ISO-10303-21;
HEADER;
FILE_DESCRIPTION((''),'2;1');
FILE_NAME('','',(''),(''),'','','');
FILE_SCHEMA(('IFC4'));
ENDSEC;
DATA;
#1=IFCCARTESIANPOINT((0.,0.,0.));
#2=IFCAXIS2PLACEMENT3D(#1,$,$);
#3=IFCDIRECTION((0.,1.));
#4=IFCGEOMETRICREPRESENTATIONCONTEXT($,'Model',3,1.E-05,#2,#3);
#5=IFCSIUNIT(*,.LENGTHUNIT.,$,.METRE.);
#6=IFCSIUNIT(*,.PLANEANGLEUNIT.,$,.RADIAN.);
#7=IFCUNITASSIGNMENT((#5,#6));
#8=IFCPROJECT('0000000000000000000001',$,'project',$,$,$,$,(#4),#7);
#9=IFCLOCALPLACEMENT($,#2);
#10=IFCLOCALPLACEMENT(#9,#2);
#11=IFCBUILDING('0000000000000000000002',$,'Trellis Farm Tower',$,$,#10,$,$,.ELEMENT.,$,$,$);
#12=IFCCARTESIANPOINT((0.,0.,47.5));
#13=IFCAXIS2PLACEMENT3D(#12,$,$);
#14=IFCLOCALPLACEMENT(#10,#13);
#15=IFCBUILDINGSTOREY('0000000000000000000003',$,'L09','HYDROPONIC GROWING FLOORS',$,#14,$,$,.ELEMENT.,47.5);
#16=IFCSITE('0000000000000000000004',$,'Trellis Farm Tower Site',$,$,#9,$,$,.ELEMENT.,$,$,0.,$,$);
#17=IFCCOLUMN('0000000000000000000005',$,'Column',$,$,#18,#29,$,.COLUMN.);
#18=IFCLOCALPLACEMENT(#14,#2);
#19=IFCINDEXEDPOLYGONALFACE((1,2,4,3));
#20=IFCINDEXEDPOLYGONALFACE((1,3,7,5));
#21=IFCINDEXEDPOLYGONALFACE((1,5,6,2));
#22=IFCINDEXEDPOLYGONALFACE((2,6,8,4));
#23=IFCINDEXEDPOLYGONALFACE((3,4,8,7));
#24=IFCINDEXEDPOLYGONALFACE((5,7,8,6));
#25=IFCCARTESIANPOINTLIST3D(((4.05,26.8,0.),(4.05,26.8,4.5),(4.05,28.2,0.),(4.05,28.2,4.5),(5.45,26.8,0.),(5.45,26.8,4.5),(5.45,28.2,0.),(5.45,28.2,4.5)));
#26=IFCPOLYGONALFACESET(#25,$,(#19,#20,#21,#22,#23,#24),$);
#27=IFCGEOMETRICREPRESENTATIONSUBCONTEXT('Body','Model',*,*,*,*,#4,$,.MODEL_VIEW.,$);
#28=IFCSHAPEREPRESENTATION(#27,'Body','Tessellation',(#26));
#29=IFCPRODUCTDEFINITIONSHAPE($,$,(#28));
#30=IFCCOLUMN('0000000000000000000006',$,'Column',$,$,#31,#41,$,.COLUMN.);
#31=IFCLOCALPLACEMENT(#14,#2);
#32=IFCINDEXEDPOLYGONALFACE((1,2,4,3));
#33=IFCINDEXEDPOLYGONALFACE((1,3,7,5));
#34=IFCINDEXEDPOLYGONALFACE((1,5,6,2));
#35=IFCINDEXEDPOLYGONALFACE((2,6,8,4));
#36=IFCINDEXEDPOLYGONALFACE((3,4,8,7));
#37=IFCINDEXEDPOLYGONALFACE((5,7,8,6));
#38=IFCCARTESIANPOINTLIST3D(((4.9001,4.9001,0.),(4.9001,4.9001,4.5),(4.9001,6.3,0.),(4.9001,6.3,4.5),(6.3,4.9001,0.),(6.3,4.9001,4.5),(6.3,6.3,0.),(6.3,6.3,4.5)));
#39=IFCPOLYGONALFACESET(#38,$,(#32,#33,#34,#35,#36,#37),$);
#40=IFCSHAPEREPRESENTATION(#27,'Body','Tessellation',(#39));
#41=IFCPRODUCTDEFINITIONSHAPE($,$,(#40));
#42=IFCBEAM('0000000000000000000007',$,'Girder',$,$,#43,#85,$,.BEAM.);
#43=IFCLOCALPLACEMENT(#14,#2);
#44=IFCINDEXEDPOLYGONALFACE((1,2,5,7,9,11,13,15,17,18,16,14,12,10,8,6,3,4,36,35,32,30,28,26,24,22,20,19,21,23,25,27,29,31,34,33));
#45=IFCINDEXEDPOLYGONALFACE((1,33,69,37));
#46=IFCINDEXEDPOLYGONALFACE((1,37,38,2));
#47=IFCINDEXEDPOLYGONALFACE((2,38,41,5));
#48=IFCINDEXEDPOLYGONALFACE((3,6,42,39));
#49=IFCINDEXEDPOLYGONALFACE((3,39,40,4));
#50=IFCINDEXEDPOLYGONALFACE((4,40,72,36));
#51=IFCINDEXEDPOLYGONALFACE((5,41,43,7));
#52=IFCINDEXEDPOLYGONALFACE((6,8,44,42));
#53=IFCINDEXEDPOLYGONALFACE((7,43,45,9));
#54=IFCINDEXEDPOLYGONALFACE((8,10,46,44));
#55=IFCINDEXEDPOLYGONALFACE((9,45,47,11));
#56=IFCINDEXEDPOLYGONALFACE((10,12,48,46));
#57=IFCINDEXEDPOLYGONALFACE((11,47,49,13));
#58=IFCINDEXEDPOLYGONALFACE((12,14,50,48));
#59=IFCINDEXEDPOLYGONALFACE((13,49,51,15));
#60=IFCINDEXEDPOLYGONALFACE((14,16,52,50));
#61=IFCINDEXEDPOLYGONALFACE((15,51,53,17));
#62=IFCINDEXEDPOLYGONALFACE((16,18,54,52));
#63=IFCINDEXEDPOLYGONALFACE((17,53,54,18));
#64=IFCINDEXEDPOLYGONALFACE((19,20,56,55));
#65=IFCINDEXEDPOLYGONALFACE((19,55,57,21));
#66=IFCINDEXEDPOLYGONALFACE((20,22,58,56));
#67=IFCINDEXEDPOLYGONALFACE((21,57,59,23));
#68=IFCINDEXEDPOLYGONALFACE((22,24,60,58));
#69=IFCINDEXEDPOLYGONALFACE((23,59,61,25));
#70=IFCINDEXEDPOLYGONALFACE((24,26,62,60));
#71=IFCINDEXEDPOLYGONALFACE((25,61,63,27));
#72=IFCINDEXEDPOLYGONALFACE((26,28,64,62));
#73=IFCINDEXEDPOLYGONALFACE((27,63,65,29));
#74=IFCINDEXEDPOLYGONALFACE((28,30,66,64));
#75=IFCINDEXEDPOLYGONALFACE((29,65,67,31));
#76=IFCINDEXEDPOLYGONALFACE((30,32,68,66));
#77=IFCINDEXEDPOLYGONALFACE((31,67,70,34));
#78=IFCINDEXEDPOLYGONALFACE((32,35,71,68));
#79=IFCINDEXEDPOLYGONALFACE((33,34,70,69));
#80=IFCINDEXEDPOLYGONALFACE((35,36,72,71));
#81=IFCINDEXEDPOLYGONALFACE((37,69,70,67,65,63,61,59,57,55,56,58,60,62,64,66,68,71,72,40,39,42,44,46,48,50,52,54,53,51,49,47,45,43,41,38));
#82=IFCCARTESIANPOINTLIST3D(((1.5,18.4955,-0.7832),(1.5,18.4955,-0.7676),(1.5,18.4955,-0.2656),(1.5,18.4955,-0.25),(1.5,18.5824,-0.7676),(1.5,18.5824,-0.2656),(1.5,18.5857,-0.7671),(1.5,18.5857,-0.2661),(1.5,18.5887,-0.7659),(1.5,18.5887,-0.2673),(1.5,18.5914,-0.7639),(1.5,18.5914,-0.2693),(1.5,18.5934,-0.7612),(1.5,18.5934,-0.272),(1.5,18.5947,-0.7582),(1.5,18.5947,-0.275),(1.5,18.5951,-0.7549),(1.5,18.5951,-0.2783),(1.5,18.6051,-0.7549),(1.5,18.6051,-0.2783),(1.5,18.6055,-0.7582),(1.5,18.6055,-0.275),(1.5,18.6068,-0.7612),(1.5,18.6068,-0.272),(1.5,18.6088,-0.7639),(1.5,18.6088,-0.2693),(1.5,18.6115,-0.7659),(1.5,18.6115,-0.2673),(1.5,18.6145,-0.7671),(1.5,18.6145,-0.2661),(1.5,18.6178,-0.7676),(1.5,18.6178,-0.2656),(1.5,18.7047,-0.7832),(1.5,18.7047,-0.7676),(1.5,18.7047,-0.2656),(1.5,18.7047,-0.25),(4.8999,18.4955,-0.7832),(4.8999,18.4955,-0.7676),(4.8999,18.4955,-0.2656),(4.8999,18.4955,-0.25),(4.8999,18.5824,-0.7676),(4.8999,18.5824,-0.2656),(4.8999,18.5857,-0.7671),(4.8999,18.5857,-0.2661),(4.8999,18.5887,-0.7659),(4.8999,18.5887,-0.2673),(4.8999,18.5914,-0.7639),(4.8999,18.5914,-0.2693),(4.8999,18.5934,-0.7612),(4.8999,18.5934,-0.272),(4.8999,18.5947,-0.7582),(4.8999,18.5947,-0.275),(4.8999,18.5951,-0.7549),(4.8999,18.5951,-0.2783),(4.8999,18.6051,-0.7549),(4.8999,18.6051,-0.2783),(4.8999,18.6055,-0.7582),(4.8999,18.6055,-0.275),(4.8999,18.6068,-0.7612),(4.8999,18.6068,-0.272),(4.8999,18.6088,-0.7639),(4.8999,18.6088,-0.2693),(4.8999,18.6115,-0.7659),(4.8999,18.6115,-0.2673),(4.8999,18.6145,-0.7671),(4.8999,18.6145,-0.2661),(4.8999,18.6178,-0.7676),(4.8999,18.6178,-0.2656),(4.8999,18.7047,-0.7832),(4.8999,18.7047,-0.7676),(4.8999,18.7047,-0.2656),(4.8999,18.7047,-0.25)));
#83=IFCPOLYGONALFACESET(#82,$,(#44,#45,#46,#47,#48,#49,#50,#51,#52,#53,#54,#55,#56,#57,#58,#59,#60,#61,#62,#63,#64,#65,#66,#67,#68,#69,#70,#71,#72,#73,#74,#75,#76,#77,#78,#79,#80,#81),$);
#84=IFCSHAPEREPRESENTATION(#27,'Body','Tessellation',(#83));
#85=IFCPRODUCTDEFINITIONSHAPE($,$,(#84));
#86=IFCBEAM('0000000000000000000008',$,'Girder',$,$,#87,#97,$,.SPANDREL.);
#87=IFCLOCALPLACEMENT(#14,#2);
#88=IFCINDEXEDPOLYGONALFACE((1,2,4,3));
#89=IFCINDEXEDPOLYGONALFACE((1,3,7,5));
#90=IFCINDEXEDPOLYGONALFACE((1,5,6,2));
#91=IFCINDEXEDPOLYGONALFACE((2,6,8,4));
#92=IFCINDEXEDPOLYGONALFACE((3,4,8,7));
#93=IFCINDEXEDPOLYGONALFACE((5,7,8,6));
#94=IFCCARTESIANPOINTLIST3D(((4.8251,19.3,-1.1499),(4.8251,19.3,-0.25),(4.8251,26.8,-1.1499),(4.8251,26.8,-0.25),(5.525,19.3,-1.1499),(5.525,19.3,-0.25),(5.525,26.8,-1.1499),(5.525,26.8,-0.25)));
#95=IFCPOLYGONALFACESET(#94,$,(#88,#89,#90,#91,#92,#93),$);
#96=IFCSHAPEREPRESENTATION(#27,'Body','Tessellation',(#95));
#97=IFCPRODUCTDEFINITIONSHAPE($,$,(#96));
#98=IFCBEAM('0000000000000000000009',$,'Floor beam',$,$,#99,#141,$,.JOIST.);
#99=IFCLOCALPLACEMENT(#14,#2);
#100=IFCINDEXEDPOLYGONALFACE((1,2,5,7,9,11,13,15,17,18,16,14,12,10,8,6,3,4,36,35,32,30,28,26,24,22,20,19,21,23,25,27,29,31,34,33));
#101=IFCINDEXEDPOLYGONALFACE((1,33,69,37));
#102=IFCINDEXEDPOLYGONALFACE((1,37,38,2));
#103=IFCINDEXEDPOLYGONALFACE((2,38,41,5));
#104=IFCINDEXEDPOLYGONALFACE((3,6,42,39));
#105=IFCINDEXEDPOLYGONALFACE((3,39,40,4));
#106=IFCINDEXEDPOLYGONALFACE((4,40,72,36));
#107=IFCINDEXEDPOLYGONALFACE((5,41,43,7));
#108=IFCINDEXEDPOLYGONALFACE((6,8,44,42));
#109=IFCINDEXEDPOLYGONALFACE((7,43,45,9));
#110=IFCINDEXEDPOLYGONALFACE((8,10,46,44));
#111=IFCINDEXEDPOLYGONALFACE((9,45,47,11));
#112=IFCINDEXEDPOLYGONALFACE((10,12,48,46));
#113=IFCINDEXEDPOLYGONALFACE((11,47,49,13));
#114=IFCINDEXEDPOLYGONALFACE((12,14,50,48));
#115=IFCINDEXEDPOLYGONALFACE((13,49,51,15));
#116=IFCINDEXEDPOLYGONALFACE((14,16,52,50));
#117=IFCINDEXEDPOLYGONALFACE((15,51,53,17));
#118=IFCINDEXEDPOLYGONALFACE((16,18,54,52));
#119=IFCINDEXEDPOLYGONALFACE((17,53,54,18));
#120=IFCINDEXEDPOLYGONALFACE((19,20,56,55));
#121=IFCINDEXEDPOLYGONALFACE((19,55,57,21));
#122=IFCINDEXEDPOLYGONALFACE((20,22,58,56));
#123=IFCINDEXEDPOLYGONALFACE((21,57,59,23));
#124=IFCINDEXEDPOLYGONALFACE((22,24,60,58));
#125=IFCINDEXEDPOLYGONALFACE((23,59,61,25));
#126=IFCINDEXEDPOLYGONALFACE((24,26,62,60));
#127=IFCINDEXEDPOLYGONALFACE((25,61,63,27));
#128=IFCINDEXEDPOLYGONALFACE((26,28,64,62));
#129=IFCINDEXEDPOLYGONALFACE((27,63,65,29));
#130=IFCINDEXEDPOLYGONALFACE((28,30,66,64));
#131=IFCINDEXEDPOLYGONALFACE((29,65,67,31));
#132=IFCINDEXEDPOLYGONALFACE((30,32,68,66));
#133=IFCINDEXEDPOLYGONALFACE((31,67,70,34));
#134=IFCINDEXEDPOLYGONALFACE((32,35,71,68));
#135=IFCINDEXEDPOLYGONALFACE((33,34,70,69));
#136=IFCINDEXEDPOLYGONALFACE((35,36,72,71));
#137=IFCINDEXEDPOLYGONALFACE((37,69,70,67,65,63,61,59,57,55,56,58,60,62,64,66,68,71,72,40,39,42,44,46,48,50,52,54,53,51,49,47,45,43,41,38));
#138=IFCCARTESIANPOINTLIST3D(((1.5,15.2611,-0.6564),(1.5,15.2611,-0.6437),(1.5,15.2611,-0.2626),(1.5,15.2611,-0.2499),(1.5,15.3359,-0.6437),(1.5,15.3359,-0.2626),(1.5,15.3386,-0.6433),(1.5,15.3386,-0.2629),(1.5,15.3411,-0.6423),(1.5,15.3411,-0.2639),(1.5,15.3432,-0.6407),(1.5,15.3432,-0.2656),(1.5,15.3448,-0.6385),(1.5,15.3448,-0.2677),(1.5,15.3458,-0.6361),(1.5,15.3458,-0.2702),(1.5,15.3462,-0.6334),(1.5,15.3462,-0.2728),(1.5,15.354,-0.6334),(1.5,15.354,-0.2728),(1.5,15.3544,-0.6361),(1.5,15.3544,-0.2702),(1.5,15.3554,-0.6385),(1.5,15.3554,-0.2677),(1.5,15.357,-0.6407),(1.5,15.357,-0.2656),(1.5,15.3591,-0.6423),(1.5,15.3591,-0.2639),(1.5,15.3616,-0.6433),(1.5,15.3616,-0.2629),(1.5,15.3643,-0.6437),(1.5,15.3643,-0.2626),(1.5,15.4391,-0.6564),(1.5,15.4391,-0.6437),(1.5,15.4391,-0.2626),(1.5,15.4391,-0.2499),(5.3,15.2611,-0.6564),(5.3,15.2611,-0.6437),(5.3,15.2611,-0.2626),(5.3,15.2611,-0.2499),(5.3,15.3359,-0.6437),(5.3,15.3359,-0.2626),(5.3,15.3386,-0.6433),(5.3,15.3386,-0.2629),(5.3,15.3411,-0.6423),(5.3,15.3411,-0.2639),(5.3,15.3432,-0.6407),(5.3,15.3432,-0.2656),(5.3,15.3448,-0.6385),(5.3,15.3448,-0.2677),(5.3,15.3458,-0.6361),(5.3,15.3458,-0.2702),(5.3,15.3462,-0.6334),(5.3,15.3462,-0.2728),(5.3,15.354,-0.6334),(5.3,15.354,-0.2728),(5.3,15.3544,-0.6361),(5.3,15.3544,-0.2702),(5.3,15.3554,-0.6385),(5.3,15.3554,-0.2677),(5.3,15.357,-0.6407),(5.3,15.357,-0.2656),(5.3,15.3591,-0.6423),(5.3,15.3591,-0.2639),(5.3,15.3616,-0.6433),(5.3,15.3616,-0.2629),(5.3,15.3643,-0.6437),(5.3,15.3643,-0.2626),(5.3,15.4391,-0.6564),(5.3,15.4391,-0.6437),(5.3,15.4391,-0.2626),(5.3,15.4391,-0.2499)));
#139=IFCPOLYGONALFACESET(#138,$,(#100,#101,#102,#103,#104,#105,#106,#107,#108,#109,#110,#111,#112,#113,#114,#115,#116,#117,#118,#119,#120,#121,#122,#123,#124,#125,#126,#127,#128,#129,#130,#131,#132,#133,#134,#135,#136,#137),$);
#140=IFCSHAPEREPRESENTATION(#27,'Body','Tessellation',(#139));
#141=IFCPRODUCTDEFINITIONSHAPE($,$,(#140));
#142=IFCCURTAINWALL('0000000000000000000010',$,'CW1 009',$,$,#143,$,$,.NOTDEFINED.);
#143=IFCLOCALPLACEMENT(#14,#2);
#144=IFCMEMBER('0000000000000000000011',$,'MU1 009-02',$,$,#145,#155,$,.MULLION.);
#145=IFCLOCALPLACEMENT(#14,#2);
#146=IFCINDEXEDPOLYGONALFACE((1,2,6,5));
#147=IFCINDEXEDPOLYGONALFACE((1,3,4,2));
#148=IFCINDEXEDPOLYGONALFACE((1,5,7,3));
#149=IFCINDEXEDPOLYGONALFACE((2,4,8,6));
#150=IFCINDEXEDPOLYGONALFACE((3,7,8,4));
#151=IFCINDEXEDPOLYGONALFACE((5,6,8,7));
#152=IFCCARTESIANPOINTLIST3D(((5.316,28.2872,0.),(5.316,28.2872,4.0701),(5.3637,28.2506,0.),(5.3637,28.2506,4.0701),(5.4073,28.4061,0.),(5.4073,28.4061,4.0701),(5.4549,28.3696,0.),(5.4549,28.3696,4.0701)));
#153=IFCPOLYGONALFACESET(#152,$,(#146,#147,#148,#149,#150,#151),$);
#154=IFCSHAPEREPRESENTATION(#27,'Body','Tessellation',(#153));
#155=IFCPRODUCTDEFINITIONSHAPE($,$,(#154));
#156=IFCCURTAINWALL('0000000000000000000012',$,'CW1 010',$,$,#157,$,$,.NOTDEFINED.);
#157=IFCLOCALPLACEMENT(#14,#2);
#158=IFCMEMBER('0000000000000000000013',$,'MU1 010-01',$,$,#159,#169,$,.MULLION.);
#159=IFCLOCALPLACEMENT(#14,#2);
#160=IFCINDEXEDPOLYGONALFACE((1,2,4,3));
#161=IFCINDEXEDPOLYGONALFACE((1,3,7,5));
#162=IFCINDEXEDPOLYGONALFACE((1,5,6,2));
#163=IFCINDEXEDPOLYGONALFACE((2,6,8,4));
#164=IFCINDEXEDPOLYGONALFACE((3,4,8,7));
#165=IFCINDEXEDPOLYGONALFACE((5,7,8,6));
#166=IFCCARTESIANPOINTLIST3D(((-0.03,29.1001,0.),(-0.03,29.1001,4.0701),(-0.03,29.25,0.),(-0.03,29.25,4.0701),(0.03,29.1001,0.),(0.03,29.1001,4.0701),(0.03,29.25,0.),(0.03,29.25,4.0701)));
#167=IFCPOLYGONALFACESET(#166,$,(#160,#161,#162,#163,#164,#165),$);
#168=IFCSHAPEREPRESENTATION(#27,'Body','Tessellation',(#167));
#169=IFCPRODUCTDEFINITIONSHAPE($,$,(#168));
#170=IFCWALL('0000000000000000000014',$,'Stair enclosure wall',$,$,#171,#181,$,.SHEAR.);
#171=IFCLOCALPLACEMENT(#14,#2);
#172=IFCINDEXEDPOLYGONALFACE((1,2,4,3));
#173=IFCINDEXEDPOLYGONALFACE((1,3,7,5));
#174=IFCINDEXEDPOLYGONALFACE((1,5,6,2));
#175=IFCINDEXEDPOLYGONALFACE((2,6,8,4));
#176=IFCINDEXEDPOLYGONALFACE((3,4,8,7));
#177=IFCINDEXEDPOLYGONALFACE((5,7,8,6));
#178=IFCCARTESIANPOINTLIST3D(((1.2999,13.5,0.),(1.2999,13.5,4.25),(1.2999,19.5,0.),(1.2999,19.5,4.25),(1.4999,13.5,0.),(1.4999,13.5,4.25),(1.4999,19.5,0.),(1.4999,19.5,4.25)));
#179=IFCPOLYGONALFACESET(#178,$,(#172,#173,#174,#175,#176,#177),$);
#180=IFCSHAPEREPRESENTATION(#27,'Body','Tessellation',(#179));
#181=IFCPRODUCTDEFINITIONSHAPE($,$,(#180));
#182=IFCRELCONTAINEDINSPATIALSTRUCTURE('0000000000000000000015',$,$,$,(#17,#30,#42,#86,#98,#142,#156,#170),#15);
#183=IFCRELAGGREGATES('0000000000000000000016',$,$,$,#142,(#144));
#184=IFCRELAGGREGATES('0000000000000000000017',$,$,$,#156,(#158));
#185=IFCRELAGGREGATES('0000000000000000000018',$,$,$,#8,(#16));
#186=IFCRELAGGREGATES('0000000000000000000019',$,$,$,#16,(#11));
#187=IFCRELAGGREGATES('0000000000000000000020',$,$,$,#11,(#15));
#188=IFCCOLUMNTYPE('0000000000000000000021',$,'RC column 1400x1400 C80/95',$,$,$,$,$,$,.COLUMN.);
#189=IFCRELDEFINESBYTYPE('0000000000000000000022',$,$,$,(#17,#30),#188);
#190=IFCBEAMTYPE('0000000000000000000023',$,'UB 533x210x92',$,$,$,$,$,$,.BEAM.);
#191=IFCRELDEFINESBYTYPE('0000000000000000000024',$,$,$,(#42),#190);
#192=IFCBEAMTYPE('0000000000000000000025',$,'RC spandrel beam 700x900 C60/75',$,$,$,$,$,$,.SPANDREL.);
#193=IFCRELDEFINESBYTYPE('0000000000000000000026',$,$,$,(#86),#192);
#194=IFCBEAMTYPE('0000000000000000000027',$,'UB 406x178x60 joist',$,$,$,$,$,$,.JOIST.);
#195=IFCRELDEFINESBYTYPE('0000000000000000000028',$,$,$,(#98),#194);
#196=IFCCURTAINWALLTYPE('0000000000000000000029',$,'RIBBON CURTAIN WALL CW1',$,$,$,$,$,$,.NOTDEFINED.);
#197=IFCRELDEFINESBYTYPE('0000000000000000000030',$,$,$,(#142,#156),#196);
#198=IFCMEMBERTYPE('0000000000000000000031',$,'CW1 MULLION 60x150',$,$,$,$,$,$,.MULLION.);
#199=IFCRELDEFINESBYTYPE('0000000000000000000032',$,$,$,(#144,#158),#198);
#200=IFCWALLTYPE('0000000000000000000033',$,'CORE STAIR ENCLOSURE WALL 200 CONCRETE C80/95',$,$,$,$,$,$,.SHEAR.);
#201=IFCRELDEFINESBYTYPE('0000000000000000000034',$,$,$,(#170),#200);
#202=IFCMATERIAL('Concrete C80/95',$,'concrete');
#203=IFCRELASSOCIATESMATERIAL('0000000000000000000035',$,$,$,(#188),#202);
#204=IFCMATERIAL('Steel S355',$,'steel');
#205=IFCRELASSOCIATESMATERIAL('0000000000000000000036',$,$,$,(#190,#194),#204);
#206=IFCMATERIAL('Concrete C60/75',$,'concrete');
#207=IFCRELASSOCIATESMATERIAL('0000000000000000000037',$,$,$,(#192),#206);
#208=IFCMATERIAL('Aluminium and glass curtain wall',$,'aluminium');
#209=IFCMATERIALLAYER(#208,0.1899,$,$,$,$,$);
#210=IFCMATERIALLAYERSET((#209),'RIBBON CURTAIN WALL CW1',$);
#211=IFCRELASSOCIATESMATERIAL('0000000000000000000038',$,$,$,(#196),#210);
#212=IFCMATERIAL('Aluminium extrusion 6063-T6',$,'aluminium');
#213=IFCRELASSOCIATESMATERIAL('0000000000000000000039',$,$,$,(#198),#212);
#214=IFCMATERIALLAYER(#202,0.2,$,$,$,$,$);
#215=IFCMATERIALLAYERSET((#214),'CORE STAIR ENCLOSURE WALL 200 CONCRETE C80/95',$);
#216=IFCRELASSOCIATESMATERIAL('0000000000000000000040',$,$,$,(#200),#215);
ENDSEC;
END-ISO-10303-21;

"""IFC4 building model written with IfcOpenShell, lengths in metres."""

from ifc_helpers import new_model, si_unit, direction, frame, frame_2d, origin, origin_2d, place, context, subcontext, project, spatial, rectangle, i_section, extrude, source, transform, mapped, material, layer, layer_set, material_profile, profile_set, type_object, element, aggregate, save


model = new_model("IFC4")

# Units and contexts
model_context = context("Model", 3, precision=1e-05, world=origin(), true_north=direction((0.0, 1.0)))
body_context = subcontext(model_context, "Body", "Model", "MODEL_VIEW")
ifc_project = project(units=[si_unit("LENGTHUNIT", "METRE"), si_unit("PLANEANGLEUNIT", "RADIAN")], contexts=[model_context])

# Site, building, storey
site_placement = place(None, origin())
site = spatial("IfcSite", under=ifc_project, at=site_placement, Name="Trellis Farm Tower Site", CompositionType="ELEMENT", RefElevation=0.0)
building_placement = place(site_placement, origin())
building = spatial("IfcBuilding", under=site, at=building_placement, Name="Trellis Farm Tower", CompositionType="ELEMENT")
storey_placement = place(building_placement, frame((0.0, 0.0, 47.5)))
storey = spatial("IfcBuildingStorey", under=building, at=storey_placement, Name="L09", Description="HYDROPONIC GROWING FLOORS", CompositionType="ELEMENT", Elevation=47.5)

# Columns
ifc_material_1 = material(Name="Concrete C80/95", Category="concrete")
ifc_material_profile_1 = material_profile(ifc_material_1, rectangle(XDim=1.3999, YDim=1.3999, at=origin_2d()), Name="RC column 1400x1400 C80/95")
ifc_profile_set_1 = profile_set([ifc_material_profile_1], Name="Concrete C80/95")
column_type = type_object("IfcColumnType", Name="RC column 1400x1400 C80/95", PredefinedType="COLUMN", material=ifc_profile_set_1)
shared_shape_1 = source(origin(), body_context, "Body", "SweptSolid", [
    extrude(rectangle(XDim=1.3999, YDim=1.3999, at=origin_2d()), origin(), (0.0, 0.0, 1.0), 4.5),
])
for number, where, z_axis, x_axis, name in (
    (1, (4.75, 27.5, 0.0), (0.0, 0.0, 1.0), (1.0, 0.0, 0.0), "Column"),
    (2, (5.6001, 5.6001, 0.0), (0.0, 0.0, 1.0), (1.0, 0.0, 0.0), "Column"),
):
    element("IfcColumn", number, at=place(storey_placement, frame(where, z_axis=z_axis, x_axis=x_axis)), inside=storey, type_object=column_type, Name=name, PredefinedType="COLUMN", context=body_context, shape_type="MappedRepresentation", body=[
        mapped(shared_shape_1, transform((0.0, 0.0, 0.0))),
    ])

# Beams
ifc_material_2 = material(Name="Steel S355", Category="steel")
ifc_material_profile_2 = material_profile(ifc_material_2, i_section(OverallWidth=0.2092, OverallDepth=0.5332, WebThickness=0.01, FlangeThickness=0.0156, FilletRadius=0.0127, at=origin_2d()), Name="UB 533x210x92")
ifc_profile_set_2 = profile_set([ifc_material_profile_2], Name="Steel S355")
beam_type_1 = type_object("IfcBeamType", Name="UB 533x210x92", PredefinedType="BEAM", material=ifc_profile_set_2)
shared_shape_2 = source(origin(), body_context, "Body", "SweptSolid", [
    extrude(i_section(OverallWidth=0.2092, OverallDepth=0.5332, WebThickness=0.01, FlangeThickness=0.0156, FilletRadius=0.0127, at=origin_2d()), origin(), (0.0, 0.0, 1.0), 3.3999),
])
beam_1_placement = place(storey_placement, frame((1.5, 18.6001, -0.5166), z_axis=(1.0, 0.0, 0.0), x_axis=(0.0, 1.0, 0.0)))
element("IfcBeam", 3, at=beam_1_placement, inside=storey, type_object=beam_type_1, Name="Girder", PredefinedType="BEAM", context=body_context, shape_type="MappedRepresentation", body=[
    mapped(shared_shape_2, transform((0.0, 0.0, 0.0))),
])
ifc_material_3 = material(Name="Concrete C60/75", Category="concrete")
ifc_material_profile_3 = material_profile(ifc_material_3, rectangle(XDim=0.7, YDim=0.8999, at=origin_2d()), Name="RC spandrel beam 700x900 C60/75")
ifc_profile_set_3 = profile_set([ifc_material_profile_3], Name="Concrete C60/75")
beam_type_2 = type_object("IfcBeamType", Name="RC spandrel beam 700x900 C60/75", PredefinedType="SPANDREL", material=ifc_profile_set_3)
shared_shape_3 = source(origin(), body_context, "Body", "SweptSolid", [
    extrude(rectangle(XDim=0.7, YDim=0.8999, at=origin_2d()), origin(), (0.0, 0.0, 1.0), 7.5),
])
beam_2_placement = place(storey_placement, frame((5.175, 19.3, -0.7), z_axis=(0.0, 1.0, 0.0), x_axis=(-1.0, 0.0, 0.0)))
element("IfcBeam", 4, at=beam_2_placement, inside=storey, type_object=beam_type_2, Name="Girder", PredefinedType="SPANDREL", context=body_context, shape_type="MappedRepresentation", body=[
    mapped(shared_shape_3, transform((0.0, 0.0, 0.0))),
])
ifc_material_profile_4 = material_profile(ifc_material_2, i_section(OverallWidth=0.178, OverallDepth=0.4065, WebThickness=0.0078, FlangeThickness=0.0127, FilletRadius=0.0103, at=origin_2d()), Name="UB 406x178x60")
ifc_profile_set_4 = profile_set([ifc_material_profile_4], Name="Steel S355")
beam_type_3 = type_object("IfcBeamType", Name="UB 406x178x60 joist", PredefinedType="JOIST", material=ifc_profile_set_4)
shared_shape_4 = source(origin(), body_context, "Body", "SweptSolid", [
    extrude(i_section(OverallWidth=0.178, OverallDepth=0.4065, WebThickness=0.0078, FlangeThickness=0.0127, FilletRadius=0.0103, at=origin_2d()), origin(), (0.0, 0.0, 1.0), 3.8),
])
beam_3_placement = place(storey_placement, frame((1.5, 15.3501, -0.4531), z_axis=(1.0, 0.0, 0.0), x_axis=(0.0, 1.0, 0.0)))
element("IfcBeam", 5, at=beam_3_placement, inside=storey, type_object=beam_type_3, Name="Floor beam", PredefinedType="JOIST", context=body_context, shape_type="MappedRepresentation", body=[
    mapped(shared_shape_4, transform((0.0, 0.0, 0.0))),
])

# Curtain walls, members
ifc_material_4 = material(Name="Aluminium and glass curtain wall", Category="aluminium")
ifc_layer_1 = layer(ifc_material_4, 0.1899)
ifc_layer_set_1 = layer_set([ifc_layer_1], Name="RIBBON CURTAIN WALL CW1")
curtain_wall_type = type_object("IfcCurtainWallType", Name="RIBBON CURTAIN WALL CW1", PredefinedType="NOTDEFINED", material=ifc_layer_set_1)
placement = place(storey_placement, origin())
curtain_wall_1 = element("IfcCurtainWall", 6, at=placement, inside=storey, type_object=curtain_wall_type, Name="CW1 009", PredefinedType="NOTDEFINED")
ifc_material_5 = material(Name="Aluminium extrusion 6063-T6", Category="aluminium")
ifc_material_profile_5 = material_profile(ifc_material_5, rectangle(XDim=0.0601, YDim=0.1499, at=origin_2d()), Name="MULLION 60x150")
ifc_profile_set_5 = profile_set([ifc_material_profile_5], Name="Aluminium extrusion 6063-T6")
member_type = type_object("IfcMemberType", Name="CW1 MULLION 60x150", PredefinedType="MULLION", material=ifc_profile_set_5)
shared_shape_5 = source(origin(), body_context, "Body", "SweptSolid", [
    extrude(rectangle(XDim=0.0601, YDim=0.1499, at=origin_2d()), origin(), (0.0, 0.0, 1.0), 4.0701),
])
member_1_placement = place(storey_placement, frame((5.3855, 28.3284, 0.0), z_axis=(0.0, 0.0, 1.0), x_axis=(-0.793353, 0.608761, 0.0)))
member_1 = element("IfcMember", 7, at=member_1_placement, type_object=member_type, Name="MU1 009-02", PredefinedType="MULLION", context=body_context, shape_type="MappedRepresentation", body=[
    mapped(shared_shape_5, transform((0.0, 0.0, 0.0))),
])
aggregate(curtain_wall_1, [member_1])
curtain_wall_2 = element("IfcCurtainWall", 8, at=placement, inside=storey, type_object=curtain_wall_type, Name="CW1 010", PredefinedType="NOTDEFINED")
member_2_placement = place(storey_placement, frame((0.0, 29.175, 0.0), z_axis=(0.0, 0.0, 1.0), x_axis=(-1.0, 0.0, 0.0)))
member_2 = element("IfcMember", 9, at=member_2_placement, type_object=member_type, Name="MU1 010-01", PredefinedType="MULLION", context=body_context, shape_type="MappedRepresentation", body=[
    mapped(shared_shape_5, transform((0.0, 0.0, 0.0))),
])
aggregate(curtain_wall_2, [member_2])

# Wall
ifc_layer_2 = layer(ifc_material_1, 0.2)
ifc_layer_set_2 = layer_set([ifc_layer_2], Name="CORE STAIR ENCLOSURE WALL 200 CONCRETE C80/95")
wall_type_1 = type_object("IfcWallType", Name="CORE STAIR ENCLOSURE WALL 200 CONCRETE C80/95", PredefinedType="SHEAR", material=ifc_layer_set_2)
shared_shape_6 = source(origin(), body_context, "Body", "SweptSolid", [
    extrude(rectangle(XDim=6.0, YDim=0.2, at=frame_2d((3.0, 0.0))), origin(), (0.0, 0.0, 1.0), 4.25),
])
wall_1_placement = place(storey_placement, frame((1.3999, 13.5, 0.0), z_axis=(0.0, 0.0, 1.0), x_axis=(0.0, 1.0, 0.0)))
element("IfcWall", 10, at=wall_1_placement, inside=storey, type_object=wall_type_1, Name="Stair enclosure wall", PredefinedType="SHEAR", context=body_context, shape_type="MappedRepresentation", body=[
    mapped(shared_shape_6, transform((0.0, 0.0, 0.0))),
])

save(model, "model.ifc")
